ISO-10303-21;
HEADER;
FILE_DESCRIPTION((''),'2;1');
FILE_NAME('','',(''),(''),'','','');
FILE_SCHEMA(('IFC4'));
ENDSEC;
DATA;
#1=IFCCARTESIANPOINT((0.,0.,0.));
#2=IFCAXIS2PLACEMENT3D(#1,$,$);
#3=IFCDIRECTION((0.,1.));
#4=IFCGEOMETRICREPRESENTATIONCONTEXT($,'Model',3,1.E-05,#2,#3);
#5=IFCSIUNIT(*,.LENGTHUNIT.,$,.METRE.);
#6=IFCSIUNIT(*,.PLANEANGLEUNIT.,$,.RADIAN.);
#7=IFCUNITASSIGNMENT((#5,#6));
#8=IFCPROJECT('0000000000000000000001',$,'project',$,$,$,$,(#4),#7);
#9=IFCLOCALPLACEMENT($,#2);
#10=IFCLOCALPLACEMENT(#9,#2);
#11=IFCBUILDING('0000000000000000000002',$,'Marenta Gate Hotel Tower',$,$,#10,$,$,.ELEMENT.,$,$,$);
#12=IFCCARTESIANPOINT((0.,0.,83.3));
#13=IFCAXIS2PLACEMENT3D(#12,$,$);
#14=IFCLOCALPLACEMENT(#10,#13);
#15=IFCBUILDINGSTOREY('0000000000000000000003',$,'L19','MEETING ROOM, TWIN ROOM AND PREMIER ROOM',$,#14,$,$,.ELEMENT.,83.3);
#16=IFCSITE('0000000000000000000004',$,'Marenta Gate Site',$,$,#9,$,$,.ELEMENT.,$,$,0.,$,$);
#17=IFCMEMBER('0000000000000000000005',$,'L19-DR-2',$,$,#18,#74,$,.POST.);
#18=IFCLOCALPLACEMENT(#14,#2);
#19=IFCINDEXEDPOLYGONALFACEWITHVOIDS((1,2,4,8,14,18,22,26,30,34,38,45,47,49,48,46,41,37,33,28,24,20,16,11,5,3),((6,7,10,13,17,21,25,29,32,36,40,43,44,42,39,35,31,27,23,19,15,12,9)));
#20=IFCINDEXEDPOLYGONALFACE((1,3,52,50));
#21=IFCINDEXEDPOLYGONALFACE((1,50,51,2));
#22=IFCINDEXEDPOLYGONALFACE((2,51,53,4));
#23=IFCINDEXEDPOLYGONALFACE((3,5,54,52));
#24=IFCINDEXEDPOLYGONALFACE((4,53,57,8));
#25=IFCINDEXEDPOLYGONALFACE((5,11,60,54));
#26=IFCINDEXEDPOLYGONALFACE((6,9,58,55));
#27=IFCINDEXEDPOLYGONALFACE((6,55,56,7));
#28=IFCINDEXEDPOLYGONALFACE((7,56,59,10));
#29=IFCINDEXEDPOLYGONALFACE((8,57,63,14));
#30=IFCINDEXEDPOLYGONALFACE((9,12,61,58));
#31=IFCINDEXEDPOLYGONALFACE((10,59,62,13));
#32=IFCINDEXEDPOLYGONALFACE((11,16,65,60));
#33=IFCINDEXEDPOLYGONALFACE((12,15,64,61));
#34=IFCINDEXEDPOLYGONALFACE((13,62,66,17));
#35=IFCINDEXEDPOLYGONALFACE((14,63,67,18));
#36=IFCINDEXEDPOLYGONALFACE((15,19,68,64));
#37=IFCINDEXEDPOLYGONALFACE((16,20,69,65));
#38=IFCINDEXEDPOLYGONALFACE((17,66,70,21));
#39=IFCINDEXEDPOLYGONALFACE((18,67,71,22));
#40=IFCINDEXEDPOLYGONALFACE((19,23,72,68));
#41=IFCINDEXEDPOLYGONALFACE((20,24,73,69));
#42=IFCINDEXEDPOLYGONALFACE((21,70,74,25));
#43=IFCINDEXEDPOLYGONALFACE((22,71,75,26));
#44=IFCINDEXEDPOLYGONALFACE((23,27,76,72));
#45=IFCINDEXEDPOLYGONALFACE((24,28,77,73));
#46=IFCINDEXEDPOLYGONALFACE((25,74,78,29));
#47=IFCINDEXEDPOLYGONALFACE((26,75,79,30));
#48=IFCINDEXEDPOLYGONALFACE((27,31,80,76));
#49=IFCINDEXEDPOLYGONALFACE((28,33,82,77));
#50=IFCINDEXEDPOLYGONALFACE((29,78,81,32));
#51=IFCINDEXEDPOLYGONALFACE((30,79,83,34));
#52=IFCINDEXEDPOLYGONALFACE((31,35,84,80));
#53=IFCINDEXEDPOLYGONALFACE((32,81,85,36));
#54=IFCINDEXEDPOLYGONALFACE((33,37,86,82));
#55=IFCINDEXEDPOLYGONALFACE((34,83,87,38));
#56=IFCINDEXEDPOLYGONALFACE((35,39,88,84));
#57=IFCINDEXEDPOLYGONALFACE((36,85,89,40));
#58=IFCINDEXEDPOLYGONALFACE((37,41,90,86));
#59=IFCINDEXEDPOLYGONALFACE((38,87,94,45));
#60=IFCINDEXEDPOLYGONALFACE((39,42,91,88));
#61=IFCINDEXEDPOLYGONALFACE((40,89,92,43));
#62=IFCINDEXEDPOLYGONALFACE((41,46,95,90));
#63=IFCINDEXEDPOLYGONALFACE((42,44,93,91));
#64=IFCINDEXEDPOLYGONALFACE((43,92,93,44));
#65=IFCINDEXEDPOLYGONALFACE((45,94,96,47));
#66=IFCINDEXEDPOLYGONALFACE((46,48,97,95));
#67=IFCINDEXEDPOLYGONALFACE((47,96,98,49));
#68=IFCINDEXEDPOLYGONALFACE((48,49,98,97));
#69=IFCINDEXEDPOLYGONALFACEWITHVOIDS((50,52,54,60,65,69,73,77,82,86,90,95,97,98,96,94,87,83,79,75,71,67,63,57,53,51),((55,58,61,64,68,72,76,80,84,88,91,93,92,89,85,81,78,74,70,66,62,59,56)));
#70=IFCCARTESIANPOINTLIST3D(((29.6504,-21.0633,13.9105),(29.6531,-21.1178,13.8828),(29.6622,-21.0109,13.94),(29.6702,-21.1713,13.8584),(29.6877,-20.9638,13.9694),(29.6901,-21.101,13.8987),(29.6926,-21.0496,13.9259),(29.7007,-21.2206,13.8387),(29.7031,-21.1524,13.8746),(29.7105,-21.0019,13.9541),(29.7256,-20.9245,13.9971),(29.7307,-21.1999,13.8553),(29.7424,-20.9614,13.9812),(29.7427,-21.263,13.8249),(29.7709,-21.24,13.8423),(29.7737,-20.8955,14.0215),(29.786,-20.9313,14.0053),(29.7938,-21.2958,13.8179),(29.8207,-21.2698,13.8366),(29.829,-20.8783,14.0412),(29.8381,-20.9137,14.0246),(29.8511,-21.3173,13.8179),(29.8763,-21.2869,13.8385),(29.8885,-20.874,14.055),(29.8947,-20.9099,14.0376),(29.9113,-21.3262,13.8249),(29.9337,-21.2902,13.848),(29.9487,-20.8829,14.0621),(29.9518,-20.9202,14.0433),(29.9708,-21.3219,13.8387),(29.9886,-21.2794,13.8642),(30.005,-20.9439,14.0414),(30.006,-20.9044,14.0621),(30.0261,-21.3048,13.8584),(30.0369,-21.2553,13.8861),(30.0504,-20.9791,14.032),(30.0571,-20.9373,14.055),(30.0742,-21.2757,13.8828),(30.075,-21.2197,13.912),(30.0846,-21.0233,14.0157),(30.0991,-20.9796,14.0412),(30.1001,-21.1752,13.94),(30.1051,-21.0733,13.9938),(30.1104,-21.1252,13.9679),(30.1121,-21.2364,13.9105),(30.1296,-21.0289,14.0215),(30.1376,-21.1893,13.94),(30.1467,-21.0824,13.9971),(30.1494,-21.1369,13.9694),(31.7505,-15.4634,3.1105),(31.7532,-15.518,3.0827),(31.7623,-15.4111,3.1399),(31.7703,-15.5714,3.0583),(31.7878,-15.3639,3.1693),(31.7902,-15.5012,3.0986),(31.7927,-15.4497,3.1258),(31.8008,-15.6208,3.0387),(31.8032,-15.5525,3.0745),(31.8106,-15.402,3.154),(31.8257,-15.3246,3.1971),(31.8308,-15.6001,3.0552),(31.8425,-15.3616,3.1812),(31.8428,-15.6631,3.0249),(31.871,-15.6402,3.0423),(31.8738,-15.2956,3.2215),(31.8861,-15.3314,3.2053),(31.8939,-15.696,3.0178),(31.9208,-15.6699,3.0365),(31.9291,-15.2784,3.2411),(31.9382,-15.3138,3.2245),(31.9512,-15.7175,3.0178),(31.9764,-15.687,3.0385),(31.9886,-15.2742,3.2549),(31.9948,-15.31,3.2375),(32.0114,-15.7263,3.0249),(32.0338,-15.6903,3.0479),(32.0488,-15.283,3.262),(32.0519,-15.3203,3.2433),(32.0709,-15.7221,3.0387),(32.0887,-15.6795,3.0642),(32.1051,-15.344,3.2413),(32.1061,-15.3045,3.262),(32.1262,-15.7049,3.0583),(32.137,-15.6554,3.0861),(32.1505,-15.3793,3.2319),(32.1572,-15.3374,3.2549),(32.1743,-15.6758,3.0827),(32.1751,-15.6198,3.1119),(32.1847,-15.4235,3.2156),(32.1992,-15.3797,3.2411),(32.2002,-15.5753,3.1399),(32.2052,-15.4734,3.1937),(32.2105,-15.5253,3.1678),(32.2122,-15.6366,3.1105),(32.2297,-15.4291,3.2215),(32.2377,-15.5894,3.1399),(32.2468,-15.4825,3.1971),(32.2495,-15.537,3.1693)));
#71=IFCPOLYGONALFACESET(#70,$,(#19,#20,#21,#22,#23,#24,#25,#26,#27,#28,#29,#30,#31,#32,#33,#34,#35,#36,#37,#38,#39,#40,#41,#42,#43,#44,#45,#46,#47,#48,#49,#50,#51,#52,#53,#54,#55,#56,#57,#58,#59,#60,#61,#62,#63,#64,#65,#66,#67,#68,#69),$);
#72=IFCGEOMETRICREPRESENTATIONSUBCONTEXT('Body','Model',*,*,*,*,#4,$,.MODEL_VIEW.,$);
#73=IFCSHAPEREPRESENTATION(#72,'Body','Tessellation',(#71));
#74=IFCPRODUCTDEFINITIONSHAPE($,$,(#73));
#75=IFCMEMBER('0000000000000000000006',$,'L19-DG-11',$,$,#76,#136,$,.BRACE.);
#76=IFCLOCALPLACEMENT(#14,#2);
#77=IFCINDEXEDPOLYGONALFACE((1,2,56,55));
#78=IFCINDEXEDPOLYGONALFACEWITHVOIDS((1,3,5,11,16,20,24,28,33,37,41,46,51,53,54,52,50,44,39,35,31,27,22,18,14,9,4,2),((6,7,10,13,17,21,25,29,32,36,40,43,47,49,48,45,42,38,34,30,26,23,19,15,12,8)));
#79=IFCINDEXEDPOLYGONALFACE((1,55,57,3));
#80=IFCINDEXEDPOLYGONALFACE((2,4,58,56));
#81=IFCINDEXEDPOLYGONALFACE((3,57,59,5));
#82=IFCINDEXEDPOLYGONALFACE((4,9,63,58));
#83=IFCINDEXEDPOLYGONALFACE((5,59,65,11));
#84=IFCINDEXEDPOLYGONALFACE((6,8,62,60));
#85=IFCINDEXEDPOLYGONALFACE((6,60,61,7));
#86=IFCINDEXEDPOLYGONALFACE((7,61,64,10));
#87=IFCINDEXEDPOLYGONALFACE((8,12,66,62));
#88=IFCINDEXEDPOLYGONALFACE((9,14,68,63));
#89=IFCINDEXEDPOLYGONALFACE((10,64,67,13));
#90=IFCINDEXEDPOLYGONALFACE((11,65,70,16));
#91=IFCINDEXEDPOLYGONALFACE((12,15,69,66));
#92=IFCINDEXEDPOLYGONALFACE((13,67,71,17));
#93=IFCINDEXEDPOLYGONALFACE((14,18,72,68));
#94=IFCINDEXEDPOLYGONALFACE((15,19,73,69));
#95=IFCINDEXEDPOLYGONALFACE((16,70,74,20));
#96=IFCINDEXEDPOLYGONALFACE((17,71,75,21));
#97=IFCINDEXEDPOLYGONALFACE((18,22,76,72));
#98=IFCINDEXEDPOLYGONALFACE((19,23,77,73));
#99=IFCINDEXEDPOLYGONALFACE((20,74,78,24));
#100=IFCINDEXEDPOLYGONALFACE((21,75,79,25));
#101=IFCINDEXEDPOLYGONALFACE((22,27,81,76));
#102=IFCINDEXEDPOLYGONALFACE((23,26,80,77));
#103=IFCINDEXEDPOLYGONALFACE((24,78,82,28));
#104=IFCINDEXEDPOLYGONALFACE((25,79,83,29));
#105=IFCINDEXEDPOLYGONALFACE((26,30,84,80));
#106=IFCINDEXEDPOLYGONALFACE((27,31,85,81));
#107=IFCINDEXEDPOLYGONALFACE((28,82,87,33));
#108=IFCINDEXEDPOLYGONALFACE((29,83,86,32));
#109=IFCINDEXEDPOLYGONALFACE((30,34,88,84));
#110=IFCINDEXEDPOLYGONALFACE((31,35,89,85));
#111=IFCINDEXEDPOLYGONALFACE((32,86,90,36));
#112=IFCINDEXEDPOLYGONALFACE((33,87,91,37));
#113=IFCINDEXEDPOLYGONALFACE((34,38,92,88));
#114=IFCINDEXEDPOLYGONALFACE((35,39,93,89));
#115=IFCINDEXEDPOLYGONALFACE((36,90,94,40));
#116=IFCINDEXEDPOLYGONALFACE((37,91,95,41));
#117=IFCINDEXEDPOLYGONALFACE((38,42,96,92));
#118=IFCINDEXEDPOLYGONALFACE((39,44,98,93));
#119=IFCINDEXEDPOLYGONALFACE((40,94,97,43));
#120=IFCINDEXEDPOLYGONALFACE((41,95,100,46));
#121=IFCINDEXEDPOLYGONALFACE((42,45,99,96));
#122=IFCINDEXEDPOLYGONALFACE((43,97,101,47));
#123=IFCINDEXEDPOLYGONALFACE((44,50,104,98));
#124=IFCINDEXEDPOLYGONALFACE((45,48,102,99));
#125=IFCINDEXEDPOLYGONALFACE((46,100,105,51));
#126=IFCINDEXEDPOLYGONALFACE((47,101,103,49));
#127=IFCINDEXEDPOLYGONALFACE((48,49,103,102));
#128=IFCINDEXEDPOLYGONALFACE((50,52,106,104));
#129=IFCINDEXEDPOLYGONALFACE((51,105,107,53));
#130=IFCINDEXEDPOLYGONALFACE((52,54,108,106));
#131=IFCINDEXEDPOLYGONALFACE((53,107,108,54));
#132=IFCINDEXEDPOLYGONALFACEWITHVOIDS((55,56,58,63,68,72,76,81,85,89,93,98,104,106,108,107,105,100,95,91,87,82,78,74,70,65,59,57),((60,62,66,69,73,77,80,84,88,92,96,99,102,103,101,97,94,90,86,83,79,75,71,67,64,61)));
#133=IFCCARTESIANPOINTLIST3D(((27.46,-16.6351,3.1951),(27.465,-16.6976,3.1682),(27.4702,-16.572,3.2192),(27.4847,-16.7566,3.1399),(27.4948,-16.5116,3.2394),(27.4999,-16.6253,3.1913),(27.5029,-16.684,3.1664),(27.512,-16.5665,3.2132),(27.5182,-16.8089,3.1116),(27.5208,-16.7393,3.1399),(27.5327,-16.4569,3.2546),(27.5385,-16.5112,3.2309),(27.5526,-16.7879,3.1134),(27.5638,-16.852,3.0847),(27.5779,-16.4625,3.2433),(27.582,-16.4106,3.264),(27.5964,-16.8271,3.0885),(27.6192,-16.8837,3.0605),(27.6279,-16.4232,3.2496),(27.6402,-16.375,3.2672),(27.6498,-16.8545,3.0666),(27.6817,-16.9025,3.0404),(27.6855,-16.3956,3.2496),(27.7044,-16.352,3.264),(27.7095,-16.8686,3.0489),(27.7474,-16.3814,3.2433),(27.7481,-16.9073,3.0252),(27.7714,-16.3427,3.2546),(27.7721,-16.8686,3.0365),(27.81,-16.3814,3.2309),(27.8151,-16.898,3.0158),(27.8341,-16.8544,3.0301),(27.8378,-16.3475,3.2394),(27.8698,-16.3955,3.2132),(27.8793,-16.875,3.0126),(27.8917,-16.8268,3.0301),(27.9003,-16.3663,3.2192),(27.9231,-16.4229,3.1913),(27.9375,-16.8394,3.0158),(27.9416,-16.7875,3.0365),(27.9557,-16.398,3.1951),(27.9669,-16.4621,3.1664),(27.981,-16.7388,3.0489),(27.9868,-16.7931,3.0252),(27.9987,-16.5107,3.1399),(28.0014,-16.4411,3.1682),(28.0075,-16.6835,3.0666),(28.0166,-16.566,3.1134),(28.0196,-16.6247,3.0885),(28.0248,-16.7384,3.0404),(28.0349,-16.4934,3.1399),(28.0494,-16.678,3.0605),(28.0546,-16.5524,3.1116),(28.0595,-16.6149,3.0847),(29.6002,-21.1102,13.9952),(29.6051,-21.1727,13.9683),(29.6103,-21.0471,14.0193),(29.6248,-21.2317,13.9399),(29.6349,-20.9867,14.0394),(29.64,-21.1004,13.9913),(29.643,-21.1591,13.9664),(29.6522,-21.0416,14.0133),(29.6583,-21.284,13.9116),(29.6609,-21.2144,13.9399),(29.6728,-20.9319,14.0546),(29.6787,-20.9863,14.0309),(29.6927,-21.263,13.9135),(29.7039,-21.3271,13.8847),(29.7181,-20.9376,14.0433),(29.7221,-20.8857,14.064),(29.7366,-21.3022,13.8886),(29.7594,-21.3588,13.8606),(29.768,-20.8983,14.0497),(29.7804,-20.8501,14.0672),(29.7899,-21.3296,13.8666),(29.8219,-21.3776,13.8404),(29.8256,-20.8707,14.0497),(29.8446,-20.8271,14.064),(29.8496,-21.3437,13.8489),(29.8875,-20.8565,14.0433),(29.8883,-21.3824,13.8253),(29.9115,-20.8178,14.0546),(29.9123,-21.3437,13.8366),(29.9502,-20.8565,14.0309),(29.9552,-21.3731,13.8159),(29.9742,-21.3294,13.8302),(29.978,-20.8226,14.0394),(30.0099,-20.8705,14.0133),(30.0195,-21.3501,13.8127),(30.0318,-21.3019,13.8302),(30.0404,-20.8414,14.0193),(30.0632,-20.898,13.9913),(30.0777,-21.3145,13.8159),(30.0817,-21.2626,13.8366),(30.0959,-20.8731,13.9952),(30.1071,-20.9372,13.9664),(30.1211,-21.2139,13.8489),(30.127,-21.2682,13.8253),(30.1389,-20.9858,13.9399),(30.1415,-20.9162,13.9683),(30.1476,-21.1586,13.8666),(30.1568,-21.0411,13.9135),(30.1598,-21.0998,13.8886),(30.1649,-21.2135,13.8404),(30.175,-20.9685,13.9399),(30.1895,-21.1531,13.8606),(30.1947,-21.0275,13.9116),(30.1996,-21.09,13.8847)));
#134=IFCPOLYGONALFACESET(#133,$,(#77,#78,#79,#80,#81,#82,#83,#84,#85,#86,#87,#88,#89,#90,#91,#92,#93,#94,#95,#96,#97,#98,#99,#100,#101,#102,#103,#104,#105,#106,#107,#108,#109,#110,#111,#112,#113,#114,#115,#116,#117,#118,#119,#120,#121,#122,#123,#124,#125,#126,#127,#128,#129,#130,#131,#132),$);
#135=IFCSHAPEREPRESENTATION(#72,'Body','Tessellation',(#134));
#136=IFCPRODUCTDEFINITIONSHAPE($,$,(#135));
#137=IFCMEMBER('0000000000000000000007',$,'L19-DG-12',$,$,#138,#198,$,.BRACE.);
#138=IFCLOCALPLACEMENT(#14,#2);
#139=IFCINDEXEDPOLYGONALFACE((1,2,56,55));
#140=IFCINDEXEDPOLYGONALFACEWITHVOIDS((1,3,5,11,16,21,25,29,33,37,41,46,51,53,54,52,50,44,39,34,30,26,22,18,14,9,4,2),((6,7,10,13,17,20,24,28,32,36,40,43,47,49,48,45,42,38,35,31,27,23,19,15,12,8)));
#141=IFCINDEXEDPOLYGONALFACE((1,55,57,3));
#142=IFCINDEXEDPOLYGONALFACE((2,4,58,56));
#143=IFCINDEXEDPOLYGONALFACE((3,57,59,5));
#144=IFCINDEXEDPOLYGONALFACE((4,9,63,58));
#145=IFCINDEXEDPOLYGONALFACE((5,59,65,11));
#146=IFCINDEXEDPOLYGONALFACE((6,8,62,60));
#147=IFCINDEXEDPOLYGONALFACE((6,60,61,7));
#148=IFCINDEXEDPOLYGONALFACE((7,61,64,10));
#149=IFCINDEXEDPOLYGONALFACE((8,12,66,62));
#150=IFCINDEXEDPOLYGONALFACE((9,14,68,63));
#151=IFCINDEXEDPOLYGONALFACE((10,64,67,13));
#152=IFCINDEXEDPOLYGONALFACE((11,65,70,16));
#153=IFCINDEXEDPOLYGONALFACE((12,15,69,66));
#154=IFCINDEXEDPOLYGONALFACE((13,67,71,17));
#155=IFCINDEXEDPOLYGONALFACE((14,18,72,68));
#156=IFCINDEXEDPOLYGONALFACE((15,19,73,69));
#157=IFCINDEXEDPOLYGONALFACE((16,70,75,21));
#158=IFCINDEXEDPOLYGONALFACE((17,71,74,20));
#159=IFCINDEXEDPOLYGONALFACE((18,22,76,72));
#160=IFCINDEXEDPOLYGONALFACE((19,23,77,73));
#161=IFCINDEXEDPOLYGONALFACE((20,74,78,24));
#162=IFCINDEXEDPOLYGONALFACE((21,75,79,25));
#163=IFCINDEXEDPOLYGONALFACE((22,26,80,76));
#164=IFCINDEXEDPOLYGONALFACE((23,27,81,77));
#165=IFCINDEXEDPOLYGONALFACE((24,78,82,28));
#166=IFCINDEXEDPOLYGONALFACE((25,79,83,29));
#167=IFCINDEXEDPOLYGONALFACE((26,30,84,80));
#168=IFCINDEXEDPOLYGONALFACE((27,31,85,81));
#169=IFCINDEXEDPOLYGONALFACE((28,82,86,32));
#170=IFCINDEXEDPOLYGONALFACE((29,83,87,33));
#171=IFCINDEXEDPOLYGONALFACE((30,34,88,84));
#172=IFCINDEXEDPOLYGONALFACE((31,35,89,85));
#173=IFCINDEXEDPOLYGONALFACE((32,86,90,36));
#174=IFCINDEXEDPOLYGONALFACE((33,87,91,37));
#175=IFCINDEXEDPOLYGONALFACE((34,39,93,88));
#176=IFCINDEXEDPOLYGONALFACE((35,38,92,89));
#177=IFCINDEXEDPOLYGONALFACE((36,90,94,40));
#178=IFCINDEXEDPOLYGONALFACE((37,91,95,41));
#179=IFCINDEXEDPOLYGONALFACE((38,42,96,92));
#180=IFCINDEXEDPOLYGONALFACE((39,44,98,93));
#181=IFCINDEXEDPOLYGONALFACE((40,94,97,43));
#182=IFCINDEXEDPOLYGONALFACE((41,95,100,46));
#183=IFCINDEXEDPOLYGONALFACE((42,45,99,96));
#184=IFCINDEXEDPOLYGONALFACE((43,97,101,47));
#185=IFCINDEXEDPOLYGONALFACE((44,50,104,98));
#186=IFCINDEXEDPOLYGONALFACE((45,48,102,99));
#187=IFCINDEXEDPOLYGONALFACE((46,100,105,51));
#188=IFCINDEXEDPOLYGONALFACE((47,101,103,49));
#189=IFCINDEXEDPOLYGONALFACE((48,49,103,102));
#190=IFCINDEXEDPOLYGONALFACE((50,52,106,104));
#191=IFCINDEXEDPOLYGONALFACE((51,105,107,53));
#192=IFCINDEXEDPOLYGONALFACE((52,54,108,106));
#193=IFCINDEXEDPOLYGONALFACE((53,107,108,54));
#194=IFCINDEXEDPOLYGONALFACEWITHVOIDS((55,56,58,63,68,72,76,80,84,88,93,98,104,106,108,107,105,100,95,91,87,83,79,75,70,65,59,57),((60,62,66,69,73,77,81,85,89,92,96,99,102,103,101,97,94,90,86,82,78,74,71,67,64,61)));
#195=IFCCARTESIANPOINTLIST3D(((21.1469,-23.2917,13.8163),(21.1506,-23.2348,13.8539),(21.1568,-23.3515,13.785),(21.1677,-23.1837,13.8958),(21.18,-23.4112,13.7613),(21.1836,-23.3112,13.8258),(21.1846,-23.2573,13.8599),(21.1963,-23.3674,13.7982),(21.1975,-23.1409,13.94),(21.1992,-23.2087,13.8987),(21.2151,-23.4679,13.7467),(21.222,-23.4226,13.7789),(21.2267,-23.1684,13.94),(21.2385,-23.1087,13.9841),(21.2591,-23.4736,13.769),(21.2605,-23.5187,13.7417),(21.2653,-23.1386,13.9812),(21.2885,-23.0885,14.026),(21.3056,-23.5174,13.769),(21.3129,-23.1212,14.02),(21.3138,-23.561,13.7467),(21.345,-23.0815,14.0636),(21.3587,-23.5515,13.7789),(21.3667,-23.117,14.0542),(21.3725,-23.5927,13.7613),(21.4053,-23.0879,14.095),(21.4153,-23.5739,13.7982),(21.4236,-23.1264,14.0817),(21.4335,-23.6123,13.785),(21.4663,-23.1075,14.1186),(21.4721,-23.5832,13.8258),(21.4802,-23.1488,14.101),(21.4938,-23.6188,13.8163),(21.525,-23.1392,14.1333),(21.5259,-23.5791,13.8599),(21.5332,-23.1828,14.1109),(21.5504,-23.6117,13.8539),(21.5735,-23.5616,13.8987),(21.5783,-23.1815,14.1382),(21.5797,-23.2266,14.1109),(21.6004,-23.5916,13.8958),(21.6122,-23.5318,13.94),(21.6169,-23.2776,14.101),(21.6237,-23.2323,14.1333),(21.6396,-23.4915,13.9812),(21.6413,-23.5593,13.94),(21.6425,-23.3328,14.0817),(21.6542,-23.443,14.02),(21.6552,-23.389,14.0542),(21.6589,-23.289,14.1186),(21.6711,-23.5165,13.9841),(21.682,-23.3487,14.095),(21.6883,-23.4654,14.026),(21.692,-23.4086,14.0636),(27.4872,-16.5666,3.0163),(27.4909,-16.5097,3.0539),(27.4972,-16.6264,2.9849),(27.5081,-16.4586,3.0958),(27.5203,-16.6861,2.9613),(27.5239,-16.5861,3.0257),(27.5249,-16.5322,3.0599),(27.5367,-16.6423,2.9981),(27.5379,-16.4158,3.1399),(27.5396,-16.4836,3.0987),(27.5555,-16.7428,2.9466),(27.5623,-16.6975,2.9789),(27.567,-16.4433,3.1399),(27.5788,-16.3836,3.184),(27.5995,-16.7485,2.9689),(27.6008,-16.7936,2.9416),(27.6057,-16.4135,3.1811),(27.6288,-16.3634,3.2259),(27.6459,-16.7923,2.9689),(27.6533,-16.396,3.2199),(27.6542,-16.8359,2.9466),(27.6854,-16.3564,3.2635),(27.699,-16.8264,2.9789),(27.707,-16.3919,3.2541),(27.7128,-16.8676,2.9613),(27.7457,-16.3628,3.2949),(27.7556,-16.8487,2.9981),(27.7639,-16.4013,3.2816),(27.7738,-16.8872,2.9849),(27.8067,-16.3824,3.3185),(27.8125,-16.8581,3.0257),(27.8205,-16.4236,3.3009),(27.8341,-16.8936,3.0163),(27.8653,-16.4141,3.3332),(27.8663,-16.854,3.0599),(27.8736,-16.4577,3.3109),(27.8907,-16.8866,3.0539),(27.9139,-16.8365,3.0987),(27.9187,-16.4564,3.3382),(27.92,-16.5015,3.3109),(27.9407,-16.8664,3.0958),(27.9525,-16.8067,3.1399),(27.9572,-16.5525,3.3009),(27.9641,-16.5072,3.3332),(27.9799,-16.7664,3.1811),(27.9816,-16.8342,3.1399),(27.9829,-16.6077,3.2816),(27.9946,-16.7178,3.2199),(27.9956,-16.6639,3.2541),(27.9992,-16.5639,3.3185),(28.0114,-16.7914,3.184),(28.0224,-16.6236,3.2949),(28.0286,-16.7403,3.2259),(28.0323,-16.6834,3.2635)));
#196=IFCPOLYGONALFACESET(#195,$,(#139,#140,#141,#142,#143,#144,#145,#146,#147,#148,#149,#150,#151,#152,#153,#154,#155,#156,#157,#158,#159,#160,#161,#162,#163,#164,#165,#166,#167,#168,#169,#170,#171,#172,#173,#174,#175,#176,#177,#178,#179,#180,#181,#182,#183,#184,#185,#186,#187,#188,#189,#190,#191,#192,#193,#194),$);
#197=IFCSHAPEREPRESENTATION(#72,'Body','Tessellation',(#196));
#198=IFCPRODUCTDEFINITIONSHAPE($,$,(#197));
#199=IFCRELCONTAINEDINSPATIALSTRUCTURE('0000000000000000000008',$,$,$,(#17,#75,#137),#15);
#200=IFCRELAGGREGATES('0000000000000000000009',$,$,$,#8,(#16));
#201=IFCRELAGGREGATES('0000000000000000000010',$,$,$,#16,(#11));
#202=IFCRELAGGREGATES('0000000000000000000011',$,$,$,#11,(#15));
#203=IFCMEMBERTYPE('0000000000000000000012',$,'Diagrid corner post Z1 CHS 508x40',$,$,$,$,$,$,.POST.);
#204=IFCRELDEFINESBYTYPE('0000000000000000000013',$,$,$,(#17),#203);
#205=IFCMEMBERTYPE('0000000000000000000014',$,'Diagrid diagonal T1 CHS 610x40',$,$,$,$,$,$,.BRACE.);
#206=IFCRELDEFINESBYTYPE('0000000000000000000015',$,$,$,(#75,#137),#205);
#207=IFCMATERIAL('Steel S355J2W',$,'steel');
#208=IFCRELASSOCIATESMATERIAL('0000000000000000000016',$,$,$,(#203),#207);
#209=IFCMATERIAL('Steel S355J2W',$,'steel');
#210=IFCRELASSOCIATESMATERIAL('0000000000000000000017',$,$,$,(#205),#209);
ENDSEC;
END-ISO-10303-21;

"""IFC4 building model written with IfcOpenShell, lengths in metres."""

from ifc_helpers import new_model, si_unit, direction, frame, origin, origin_2d, place, context, subcontext, project, spatial, hollow_circle, extrude, material, material_profile, profile_set, type_object, element, save


model = new_model("IFC4")

# Units and contexts
model_context = context("Model", 3, precision=1e-05, world=origin(), true_north=direction((0.0, 1.0)))
body_context = subcontext(model_context, "Body", "Model", "MODEL_VIEW")
ifc_project = project(units=[si_unit("LENGTHUNIT", "METRE"), si_unit("PLANEANGLEUNIT", "RADIAN")], contexts=[model_context])

# Site, building, storey
site_placement = place(None, origin())
site = spatial("IfcSite", under=ifc_project, at=site_placement, Name="Marenta Gate Site", CompositionType="ELEMENT", RefElevation=0.0)
building_placement = place(site_placement, origin())
building = spatial("IfcBuilding", under=site, at=building_placement, Name="Marenta Gate Hotel Tower", CompositionType="ELEMENT")
storey_placement = place(building_placement, frame((0.0, 0.0, 83.3)))
storey = spatial("IfcBuildingStorey", under=building, at=storey_placement, Name="L19", Description="MEETING ROOM, TWIN ROOM AND PREMIER ROOM", CompositionType="ELEMENT", Elevation=83.3)

# Members
ifc_material_1 = material(Name="Steel S355J2W", Category="steel")
ifc_material_profile_1 = material_profile(ifc_material_1, hollow_circle(Radius=0.2539, WallThickness=0.04, at=origin_2d()), Name="CHS 508x40")
ifc_profile_set_1 = profile_set([ifc_material_profile_1], Name="Steel S355J2W")
member_type_1 = type_object("IfcMemberType", Name="Diagrid corner post Z1 CHS 508x40", PredefinedType="POST", material=ifc_profile_set_1)
member_1_placement = place(storey_placement, frame((32.0, -15.5002, 3.1399), z_axis=(-0.170111, -0.453597, 0.874821), x_axis=(0.936321, -0.351146, 0.0)))
element("IfcMember", 1, at=member_1_placement, inside=storey, type_object=member_type_1, Name="L19-DR-2", PredefinedType="POST", context=body_context, shape_type="SweptSolid", body=[
    extrude(hollow_circle(Radius=0.2539, WallThickness=0.04, at=origin_2d()), origin(), (0.0, 0.0, 1.0), 12.3455),
])
ifc_material_2 = material(Name="Steel S355J2W", Category="steel")
ifc_material_profile_2 = material_profile(ifc_material_2, hollow_circle(Radius=0.3049, WallThickness=0.04, at=origin_2d()), Name="CHS 610x40")
ifc_profile_set_2 = profile_set([ifc_material_profile_2], Name="Steel S355J2W")
member_type_2 = type_object("IfcMemberType", Name="Diagrid diagonal T1 CHS 610x40", PredefinedType="BRACE", material=ifc_profile_set_2)
member_2_placement = place(storey_placement, frame((27.7598, -16.625, 3.1399), z_axis=(0.180074, -0.376541, 0.90873), x_axis=(0.902144, 0.431435, 0.0)))
element("IfcMember", 2, at=member_2_placement, inside=storey, type_object=member_type_2, Name="L19-DG-11", PredefinedType="BRACE", context=body_context, shape_type="SweptSolid", body=[
    extrude(hollow_circle(Radius=0.3049, WallThickness=0.04, at=origin_2d()), origin(), (0.0, 0.0, 1.0), 11.8848),
])
member_3_placement = place(storey_placement, frame((27.7598, -16.625, 3.1399), z_axis=(-0.446029, -0.473097, 0.759761), x_axis=(0.727615, -0.685986, 0.0)))
element("IfcMember", 3, at=member_3_placement, inside=storey, type_object=member_type_2, Name="L19-DG-12", PredefinedType="BRACE", context=body_context, shape_type="SweptSolid", body=[
    extrude(hollow_circle(Radius=0.3049, WallThickness=0.04, at=origin_2d()), origin(), (0.0, 0.0, 1.0), 14.2151),
])

save(model, "model.ifc")
